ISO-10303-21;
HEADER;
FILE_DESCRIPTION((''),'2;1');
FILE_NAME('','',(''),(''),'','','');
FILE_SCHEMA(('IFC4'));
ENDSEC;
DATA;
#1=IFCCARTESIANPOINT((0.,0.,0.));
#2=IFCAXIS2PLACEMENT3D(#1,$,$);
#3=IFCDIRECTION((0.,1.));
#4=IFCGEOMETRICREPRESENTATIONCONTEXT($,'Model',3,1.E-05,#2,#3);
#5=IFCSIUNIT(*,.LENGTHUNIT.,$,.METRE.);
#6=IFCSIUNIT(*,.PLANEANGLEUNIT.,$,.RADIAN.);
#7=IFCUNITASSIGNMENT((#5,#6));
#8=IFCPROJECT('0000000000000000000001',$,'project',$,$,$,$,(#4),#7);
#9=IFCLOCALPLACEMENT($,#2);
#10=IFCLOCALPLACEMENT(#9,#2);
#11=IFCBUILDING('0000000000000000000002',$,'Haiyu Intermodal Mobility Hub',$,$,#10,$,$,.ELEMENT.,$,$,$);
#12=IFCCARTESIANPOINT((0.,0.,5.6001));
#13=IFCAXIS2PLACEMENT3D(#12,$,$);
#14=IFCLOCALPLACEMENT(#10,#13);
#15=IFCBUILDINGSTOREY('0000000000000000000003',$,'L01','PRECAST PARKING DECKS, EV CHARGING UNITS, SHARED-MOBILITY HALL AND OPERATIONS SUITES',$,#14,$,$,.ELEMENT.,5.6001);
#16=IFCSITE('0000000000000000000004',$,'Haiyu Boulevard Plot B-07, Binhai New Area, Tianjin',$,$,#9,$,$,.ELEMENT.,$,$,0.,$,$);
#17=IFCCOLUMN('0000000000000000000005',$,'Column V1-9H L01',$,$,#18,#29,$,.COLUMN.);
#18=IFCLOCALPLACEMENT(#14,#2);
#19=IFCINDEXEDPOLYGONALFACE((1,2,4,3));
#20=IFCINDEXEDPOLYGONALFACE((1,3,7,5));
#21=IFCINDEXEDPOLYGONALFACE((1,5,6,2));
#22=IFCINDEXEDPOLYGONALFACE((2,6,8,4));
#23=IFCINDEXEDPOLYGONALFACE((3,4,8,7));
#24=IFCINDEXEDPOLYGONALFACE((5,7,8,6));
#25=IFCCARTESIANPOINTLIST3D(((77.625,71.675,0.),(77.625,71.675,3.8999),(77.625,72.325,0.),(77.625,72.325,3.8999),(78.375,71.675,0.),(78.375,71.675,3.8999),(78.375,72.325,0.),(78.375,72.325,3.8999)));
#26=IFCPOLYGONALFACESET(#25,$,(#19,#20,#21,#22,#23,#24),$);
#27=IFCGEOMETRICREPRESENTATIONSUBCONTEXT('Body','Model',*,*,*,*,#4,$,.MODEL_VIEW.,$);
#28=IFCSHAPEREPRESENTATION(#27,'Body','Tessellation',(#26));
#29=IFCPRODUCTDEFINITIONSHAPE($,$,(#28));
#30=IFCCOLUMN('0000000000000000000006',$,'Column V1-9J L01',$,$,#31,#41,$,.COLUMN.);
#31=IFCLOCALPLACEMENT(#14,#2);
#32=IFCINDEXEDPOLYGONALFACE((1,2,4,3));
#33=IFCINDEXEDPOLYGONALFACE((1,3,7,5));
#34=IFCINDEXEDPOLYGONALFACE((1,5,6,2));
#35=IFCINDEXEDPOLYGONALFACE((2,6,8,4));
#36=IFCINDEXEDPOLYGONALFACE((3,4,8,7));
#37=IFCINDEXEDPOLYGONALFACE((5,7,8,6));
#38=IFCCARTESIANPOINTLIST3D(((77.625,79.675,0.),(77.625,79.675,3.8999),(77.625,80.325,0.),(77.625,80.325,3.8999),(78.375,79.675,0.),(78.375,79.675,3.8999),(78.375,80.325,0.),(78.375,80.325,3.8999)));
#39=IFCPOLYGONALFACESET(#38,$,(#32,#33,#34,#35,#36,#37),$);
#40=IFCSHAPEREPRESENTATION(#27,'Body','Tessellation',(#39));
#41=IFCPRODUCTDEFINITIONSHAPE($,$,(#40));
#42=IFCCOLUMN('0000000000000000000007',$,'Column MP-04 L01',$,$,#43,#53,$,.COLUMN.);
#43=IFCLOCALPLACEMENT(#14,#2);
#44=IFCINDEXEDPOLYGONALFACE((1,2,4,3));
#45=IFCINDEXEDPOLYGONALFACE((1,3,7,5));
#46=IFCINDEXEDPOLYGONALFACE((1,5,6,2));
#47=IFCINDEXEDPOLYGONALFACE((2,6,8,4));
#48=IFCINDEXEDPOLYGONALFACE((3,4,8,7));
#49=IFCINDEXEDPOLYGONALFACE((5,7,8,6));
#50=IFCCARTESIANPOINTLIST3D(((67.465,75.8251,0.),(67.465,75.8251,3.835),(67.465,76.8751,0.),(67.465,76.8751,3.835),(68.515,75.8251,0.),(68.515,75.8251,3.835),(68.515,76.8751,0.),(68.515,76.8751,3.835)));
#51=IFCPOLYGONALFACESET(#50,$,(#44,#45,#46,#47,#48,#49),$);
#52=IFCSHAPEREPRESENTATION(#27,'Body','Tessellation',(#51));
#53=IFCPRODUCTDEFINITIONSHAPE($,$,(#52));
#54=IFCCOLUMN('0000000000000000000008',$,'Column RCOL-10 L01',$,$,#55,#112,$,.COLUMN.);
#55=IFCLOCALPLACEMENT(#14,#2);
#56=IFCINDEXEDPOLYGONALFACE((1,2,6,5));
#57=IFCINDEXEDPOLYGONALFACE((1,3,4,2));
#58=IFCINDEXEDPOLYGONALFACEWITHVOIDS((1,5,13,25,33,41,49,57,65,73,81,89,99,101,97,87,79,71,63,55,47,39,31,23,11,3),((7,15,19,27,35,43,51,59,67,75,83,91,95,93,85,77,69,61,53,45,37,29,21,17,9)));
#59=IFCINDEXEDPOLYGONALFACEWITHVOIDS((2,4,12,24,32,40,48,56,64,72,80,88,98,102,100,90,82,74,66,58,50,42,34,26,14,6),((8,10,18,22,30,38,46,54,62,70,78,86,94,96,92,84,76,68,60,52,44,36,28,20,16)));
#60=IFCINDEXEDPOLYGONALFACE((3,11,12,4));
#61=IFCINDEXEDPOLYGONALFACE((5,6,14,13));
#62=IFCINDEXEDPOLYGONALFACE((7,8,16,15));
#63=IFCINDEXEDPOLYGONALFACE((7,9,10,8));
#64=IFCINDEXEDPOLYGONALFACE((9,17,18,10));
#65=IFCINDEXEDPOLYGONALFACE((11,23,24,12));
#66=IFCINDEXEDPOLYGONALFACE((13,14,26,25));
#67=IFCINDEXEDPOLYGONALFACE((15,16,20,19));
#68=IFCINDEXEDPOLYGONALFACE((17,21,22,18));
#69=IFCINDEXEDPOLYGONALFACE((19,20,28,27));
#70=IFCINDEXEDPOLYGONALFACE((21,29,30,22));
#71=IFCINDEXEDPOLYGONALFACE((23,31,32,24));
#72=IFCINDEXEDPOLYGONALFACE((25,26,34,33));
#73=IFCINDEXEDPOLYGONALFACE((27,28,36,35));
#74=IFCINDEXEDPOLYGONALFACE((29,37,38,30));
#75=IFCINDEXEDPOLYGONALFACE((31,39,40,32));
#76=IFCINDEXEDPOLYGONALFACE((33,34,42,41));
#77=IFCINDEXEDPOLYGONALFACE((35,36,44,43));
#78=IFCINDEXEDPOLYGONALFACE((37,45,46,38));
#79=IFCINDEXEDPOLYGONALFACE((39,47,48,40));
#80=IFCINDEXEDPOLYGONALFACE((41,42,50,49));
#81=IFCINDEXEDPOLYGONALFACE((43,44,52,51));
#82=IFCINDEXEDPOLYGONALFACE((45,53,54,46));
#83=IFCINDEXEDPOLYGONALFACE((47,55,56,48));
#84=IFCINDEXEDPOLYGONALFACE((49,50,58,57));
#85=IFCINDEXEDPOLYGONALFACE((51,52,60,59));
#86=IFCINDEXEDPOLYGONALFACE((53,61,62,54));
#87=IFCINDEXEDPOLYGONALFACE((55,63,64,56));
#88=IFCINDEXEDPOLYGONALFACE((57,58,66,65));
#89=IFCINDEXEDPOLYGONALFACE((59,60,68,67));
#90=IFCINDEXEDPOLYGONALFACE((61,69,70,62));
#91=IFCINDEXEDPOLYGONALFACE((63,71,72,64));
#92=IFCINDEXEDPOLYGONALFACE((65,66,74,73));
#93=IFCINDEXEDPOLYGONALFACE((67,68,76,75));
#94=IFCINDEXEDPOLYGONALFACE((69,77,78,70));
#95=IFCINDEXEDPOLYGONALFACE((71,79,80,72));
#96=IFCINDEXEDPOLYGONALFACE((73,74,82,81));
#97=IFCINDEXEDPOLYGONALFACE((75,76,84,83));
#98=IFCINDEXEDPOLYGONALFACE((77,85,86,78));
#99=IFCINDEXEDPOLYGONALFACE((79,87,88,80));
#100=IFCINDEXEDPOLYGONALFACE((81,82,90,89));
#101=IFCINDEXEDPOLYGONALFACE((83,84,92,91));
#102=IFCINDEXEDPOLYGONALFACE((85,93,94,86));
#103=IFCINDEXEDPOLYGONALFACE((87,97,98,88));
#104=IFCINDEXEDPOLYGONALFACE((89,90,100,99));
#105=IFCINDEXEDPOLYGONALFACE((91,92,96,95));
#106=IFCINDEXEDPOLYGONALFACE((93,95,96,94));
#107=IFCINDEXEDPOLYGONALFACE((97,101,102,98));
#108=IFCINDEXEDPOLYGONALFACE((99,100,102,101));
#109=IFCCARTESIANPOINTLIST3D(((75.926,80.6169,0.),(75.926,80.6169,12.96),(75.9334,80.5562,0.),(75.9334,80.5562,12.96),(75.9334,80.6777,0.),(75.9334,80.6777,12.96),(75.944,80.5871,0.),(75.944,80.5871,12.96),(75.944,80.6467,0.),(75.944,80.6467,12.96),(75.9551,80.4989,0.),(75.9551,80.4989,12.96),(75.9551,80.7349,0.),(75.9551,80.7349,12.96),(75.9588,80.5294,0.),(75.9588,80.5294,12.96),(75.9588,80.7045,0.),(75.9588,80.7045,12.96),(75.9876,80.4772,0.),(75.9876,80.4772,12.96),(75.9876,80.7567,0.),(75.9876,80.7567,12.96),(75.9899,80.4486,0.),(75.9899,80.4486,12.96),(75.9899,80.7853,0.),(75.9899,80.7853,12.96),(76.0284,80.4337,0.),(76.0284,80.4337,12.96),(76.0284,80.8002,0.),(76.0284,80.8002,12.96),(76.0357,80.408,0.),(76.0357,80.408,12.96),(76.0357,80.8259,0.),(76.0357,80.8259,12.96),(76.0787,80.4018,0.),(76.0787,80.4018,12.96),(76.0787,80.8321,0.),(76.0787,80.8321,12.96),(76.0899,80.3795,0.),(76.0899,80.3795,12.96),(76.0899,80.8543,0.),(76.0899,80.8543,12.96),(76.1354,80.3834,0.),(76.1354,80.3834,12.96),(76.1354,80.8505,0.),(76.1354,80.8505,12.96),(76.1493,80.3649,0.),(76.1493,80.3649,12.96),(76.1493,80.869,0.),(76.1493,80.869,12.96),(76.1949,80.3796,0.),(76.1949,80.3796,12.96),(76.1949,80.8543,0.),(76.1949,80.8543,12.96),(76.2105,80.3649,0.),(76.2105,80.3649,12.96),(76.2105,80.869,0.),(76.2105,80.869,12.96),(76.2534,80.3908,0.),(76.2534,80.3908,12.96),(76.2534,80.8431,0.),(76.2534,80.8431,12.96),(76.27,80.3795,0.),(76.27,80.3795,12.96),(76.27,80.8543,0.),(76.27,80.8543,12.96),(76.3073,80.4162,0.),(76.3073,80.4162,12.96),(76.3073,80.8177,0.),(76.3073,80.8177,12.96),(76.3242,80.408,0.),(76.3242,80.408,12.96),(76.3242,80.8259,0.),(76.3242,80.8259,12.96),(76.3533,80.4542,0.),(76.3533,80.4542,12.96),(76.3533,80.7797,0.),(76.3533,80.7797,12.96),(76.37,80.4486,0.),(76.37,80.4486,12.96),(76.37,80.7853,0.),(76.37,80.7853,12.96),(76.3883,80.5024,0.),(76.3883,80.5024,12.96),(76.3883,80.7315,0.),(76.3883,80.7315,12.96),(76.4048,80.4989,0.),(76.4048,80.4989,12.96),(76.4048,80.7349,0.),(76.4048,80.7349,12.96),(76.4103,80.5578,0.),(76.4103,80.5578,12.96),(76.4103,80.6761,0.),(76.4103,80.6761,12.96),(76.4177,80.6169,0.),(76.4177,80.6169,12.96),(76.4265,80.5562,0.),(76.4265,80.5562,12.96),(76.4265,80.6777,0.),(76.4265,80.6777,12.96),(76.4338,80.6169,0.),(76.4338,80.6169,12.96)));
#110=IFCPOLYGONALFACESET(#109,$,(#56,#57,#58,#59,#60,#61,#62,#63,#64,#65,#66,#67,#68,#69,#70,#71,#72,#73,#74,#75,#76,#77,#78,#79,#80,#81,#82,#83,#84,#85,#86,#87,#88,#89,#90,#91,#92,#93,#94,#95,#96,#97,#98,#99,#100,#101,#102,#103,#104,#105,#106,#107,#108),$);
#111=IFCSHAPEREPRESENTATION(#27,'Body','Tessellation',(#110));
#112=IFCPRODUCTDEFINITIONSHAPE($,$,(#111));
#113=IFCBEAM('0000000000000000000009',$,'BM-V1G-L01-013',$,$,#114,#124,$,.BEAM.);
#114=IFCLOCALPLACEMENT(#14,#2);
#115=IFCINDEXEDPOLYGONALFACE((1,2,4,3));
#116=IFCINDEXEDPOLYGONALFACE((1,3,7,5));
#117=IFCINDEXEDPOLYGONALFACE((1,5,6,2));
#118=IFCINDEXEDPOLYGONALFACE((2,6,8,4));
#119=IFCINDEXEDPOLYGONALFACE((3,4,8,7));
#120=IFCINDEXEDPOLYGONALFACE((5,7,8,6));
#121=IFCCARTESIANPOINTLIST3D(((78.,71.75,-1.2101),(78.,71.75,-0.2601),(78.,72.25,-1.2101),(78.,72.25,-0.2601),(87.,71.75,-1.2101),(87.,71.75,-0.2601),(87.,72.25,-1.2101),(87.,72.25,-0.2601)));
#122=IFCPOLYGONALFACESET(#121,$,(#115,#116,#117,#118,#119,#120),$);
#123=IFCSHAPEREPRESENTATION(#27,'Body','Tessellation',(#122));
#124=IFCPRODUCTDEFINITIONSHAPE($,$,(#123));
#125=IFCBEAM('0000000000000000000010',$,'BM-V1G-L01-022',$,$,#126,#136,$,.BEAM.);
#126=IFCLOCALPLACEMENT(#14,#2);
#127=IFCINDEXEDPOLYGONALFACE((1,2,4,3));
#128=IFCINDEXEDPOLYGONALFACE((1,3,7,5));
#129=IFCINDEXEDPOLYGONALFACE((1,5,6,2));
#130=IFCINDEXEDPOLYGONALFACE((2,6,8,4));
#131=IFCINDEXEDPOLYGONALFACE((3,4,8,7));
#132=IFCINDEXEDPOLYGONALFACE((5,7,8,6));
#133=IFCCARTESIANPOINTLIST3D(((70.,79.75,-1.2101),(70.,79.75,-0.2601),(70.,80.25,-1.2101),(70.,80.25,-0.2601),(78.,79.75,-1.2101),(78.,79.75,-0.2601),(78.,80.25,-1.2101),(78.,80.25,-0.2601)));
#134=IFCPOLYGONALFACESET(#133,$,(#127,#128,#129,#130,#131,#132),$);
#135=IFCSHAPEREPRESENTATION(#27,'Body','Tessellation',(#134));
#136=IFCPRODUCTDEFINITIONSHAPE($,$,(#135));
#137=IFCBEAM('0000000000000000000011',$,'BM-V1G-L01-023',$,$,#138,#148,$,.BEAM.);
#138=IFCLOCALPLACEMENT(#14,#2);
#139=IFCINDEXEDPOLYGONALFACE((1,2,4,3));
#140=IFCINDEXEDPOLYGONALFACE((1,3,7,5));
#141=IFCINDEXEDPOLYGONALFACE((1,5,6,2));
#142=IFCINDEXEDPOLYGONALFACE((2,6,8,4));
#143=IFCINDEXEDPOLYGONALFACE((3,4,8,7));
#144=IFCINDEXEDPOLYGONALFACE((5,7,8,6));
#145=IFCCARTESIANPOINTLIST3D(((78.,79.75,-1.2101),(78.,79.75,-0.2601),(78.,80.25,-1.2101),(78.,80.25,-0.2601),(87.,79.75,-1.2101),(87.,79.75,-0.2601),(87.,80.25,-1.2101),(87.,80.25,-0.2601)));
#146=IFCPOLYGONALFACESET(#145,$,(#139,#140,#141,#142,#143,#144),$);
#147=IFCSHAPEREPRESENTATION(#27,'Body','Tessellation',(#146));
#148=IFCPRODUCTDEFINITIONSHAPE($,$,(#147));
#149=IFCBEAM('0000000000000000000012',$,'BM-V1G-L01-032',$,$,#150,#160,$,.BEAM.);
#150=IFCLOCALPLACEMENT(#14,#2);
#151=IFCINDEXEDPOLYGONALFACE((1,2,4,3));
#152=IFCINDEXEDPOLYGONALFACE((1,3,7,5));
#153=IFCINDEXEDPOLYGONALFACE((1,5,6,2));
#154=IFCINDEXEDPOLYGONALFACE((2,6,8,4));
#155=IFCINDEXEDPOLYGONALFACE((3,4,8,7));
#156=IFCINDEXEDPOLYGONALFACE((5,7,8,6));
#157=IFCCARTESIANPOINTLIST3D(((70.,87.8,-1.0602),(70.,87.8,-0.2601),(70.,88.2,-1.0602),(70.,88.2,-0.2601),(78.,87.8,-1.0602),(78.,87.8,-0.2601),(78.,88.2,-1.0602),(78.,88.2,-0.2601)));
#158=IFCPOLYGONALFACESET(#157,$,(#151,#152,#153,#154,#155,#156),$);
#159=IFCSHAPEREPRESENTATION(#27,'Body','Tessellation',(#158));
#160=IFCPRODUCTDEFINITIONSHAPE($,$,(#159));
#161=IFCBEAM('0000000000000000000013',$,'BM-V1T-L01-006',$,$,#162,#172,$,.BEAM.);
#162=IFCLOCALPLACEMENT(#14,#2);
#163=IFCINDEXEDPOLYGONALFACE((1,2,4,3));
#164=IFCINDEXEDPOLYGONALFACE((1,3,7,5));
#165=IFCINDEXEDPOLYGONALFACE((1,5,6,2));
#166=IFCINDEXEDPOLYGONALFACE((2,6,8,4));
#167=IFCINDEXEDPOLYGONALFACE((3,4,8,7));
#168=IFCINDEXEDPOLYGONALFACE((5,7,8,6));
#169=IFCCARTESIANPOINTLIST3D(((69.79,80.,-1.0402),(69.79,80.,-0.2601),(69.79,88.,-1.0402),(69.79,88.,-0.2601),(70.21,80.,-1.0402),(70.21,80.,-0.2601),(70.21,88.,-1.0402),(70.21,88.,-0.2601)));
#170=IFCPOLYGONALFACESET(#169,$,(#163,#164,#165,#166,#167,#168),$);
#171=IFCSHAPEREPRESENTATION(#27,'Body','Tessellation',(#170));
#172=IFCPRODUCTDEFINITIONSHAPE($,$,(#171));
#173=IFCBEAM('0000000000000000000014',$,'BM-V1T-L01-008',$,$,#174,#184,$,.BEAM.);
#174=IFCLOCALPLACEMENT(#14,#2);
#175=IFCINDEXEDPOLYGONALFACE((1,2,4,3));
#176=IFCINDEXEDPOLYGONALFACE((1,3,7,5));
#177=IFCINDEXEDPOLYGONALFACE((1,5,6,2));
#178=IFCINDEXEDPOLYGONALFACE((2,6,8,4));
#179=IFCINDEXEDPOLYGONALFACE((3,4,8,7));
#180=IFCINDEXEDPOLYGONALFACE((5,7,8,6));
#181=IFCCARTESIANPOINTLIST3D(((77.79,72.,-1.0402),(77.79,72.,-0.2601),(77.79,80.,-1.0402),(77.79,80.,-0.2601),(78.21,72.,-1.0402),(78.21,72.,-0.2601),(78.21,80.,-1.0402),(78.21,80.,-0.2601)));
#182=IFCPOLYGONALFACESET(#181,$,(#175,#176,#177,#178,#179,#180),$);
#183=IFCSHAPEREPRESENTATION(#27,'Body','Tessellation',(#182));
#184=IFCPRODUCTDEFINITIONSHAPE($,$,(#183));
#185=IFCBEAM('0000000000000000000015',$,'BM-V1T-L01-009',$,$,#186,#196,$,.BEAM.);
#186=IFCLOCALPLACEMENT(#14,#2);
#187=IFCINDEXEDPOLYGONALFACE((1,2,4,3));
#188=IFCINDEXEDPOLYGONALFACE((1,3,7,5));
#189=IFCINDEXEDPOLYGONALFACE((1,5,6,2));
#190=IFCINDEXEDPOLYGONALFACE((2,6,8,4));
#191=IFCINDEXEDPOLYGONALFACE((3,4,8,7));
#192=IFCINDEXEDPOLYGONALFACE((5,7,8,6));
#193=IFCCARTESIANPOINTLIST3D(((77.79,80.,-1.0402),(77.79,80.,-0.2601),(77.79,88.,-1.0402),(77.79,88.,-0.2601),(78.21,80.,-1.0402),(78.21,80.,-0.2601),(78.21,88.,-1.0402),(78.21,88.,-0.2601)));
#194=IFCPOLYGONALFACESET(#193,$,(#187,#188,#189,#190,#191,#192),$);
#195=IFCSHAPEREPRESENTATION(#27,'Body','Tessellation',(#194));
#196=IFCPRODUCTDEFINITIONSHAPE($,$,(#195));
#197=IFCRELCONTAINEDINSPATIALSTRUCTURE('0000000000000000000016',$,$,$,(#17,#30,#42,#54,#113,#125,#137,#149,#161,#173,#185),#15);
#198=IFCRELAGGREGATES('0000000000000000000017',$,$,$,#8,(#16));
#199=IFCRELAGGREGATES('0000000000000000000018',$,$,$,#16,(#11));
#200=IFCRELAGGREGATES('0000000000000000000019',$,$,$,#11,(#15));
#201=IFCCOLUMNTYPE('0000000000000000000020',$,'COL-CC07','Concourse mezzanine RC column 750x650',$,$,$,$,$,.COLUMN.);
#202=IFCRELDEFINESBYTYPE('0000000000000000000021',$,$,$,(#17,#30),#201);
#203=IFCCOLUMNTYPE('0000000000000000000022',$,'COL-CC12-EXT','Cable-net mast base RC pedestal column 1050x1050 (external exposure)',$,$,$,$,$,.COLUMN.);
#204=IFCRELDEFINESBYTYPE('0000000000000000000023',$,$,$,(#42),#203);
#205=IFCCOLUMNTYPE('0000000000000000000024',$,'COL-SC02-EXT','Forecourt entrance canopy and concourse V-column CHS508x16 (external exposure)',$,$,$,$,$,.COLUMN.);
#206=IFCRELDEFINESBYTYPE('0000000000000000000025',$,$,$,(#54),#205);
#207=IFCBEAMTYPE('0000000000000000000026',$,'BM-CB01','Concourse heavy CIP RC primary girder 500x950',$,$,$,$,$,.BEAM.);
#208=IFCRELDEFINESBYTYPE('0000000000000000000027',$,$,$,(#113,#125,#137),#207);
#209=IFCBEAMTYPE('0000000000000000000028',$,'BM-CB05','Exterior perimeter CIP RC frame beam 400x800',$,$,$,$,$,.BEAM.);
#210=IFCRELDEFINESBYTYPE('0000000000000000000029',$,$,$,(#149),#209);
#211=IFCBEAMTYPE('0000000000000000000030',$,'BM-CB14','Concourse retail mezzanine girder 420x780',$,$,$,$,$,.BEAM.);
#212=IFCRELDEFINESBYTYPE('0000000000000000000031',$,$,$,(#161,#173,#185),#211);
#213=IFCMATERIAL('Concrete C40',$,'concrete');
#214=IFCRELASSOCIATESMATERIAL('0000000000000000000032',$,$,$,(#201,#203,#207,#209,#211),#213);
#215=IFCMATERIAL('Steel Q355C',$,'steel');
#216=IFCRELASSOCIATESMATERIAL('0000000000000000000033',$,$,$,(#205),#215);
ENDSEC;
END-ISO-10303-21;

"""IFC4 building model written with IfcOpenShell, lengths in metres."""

from ifc_helpers import new_model, si_unit, direction, frame, origin, origin_2d, place, context, subcontext, project, spatial, rectangle, hollow_circle, extrude, material, material_profile, profile_set, type_object, element, save


model = new_model("IFC4")

# Units and contexts
model_context = context("Model", 3, precision=1e-05, world=origin(), true_north=direction((0.0, 1.0)))
body_context = subcontext(model_context, "Body", "Model", "MODEL_VIEW")
ifc_project = project(units=[si_unit("LENGTHUNIT", "METRE"), si_unit("PLANEANGLEUNIT", "RADIAN")], contexts=[model_context])

# Site, building, storey
site_placement = place(None, origin())
site = spatial("IfcSite", under=ifc_project, at=site_placement, Name="Haiyu Boulevard Plot B-07, Binhai New Area, Tianjin", CompositionType="ELEMENT", RefElevation=0.0)
building_placement = place(site_placement, origin())
building = spatial("IfcBuilding", under=site, at=building_placement, Name="Haiyu Intermodal Mobility Hub", CompositionType="ELEMENT")
storey_placement = place(building_placement, frame((0.0, 0.0, 5.6001)))
storey = spatial("IfcBuildingStorey", under=building, at=storey_placement, Name="L01", Description="PRECAST PARKING DECKS, EV CHARGING UNITS, SHARED-MOBILITY HALL AND OPERATIONS SUITES", CompositionType="ELEMENT", Elevation=5.6001)

# Columns
ifc_material_1 = material(Name="Concrete C40", Category="concrete")
ifc_material_profile_1 = material_profile(ifc_material_1, rectangle(XDim=0.75, YDim=0.6499, at=origin_2d()), Name="RC750x650")
ifc_profile_set_1 = profile_set([ifc_material_profile_1], Name="Concrete C40")
column_type_1 = type_object("IfcColumnType", Name="COL-CC07", Description="Concourse mezzanine RC column 750x650", PredefinedType="COLUMN", material=ifc_profile_set_1)
for number, where, z_axis, x_axis, name in (
    (1, (78.0, 72.0, 0.0), (0.0, 0.0, 1.0), (1.0, 0.0, 0.0), "Column V1-9H L01"),
    (2, (78.0, 80.0, 0.0), (0.0, 0.0, 1.0), (1.0, 0.0, 0.0), "Column V1-9J L01"),
):
    element("IfcColumn", number, at=place(storey_placement, frame(where, z_axis=z_axis, x_axis=x_axis)), inside=storey, type_object=column_type_1, Name=name, PredefinedType="COLUMN", context=body_context, shape_type="SweptSolid", body=[
        extrude(rectangle(XDim=0.75, YDim=0.6499, at=origin_2d()), origin(), (0.0, 0.0, 1.0), 3.8999),
    ])
ifc_material_profile_2 = material_profile(ifc_material_1, rectangle(XDim=1.05, YDim=1.05, at=origin_2d()), Name="RC1050x1050")
ifc_profile_set_2 = profile_set([ifc_material_profile_2], Name="Concrete C40")
column_type_2 = type_object("IfcColumnType", Name="COL-CC12-EXT", Description="Cable-net mast base RC pedestal column 1050x1050 (external exposure)", PredefinedType="COLUMN", material=ifc_profile_set_2)
column_1_placement = place(storey_placement, frame((67.99, 76.3501, 0.0), z_axis=(0.0, 0.0, 1.0), x_axis=(1.0, 0.0, 0.0)))
element("IfcColumn", 3, at=column_1_placement, inside=storey, type_object=column_type_2, Name="Column MP-04 L01", PredefinedType="COLUMN", context=body_context, shape_type="SweptSolid", body=[
    extrude(rectangle(XDim=1.05, YDim=1.05, at=origin_2d()), origin(), (0.0, 0.0, 1.0), 3.835),
])
ifc_material_2 = material(Name="Steel Q355C", Category="steel")
ifc_material_profile_3 = material_profile(ifc_material_2, hollow_circle(Radius=0.2539, WallThickness=0.0161, at=origin_2d()), Name="CHS508x16")
ifc_profile_set_3 = profile_set([ifc_material_profile_3], Name="Steel Q355C")
column_type_3 = type_object("IfcColumnType", Name="COL-SC02-EXT", Description="Forecourt entrance canopy and concourse V-column CHS508x16 (external exposure)", PredefinedType="COLUMN", material=ifc_profile_set_3)
column_2_placement = place(storey_placement, frame((76.1799, 80.6169, 0.0), z_axis=(0.0, 0.0, 1.0), x_axis=(1.0, 0.0, 0.0)))
element("IfcColumn", 4, at=column_2_placement, inside=storey, type_object=column_type_3, Name="Column RCOL-10 L01", PredefinedType="COLUMN", context=body_context, shape_type="SweptSolid", body=[
    extrude(hollow_circle(Radius=0.2539, WallThickness=0.0161, at=origin_2d()), origin(), (0.0, 0.0, 1.0), 12.96),
])

# Beams
ifc_material_profile_4 = material_profile(ifc_material_1, rectangle(XDim=0.5, YDim=0.95, at=origin_2d()), Name="RCB500x950")
ifc_profile_set_4 = profile_set([ifc_material_profile_4], Name="Concrete C40")
beam_type_1 = type_object("IfcBeamType", Name="BM-CB01", Description="Concourse heavy CIP RC primary girder 500x950", PredefinedType="BEAM", material=ifc_profile_set_4)
beam_1_placement = place(storey_placement, frame((78.0, 72.0, -0.7351), z_axis=(1.0, 0.0, 0.0), x_axis=(0.0, 1.0, 0.0)))
element("IfcBeam", 5, at=beam_1_placement, inside=storey, type_object=beam_type_1, Name="BM-V1G-L01-013", PredefinedType="BEAM", context=body_context, shape_type="SweptSolid", body=[
    extrude(rectangle(XDim=0.5, YDim=0.95, at=origin_2d()), origin(), (0.0, 0.0, 1.0), 9.0),
])
beam_2_placement = place(storey_placement, frame((70.0, 80.0, -0.7351), z_axis=(1.0, 0.0, 0.0), x_axis=(0.0, 1.0, 0.0)))
element("IfcBeam", 6, at=beam_2_placement, inside=storey, type_object=beam_type_1, Name="BM-V1G-L01-022", PredefinedType="BEAM", context=body_context, shape_type="SweptSolid", body=[
    extrude(rectangle(XDim=0.5, YDim=0.95, at=origin_2d()), origin(), (0.0, 0.0, 1.0), 8.0),
])
beam_3_placement = place(storey_placement, frame((78.0, 80.0, -0.7351), z_axis=(1.0, 0.0, 0.0), x_axis=(0.0, 1.0, 0.0)))
element("IfcBeam", 7, at=beam_3_placement, inside=storey, type_object=beam_type_1, Name="BM-V1G-L01-023", PredefinedType="BEAM", context=body_context, shape_type="SweptSolid", body=[
    extrude(rectangle(XDim=0.5, YDim=0.95, at=origin_2d()), origin(), (0.0, 0.0, 1.0), 9.0),
])
ifc_material_profile_5 = material_profile(ifc_material_1, rectangle(XDim=0.3999, YDim=0.8, at=origin_2d()), Name="RCB400x800")
ifc_profile_set_5 = profile_set([ifc_material_profile_5], Name="Concrete C40")
beam_type_2 = type_object("IfcBeamType", Name="BM-CB05", Description="Exterior perimeter CIP RC frame beam 400x800", PredefinedType="BEAM", material=ifc_profile_set_5)
beam_4_placement = place(storey_placement, frame((70.0, 88.0, -0.6602), z_axis=(1.0, 0.0, 0.0), x_axis=(0.0, 1.0, 0.0)))
element("IfcBeam", 8, at=beam_4_placement, inside=storey, type_object=beam_type_2, Name="BM-V1G-L01-032", PredefinedType="BEAM", context=body_context, shape_type="SweptSolid", body=[
    extrude(rectangle(XDim=0.3999, YDim=0.8, at=origin_2d()), origin(), (0.0, 0.0, 1.0), 8.0),
])
ifc_material_profile_6 = material_profile(ifc_material_1, rectangle(XDim=0.4199, YDim=0.78, at=origin_2d()), Name="B420x780")
ifc_profile_set_6 = profile_set([ifc_material_profile_6], Name="Concrete C40")
beam_type_3 = type_object("IfcBeamType", Name="BM-CB14", Description="Concourse retail mezzanine girder 420x780", PredefinedType="BEAM", material=ifc_profile_set_6)
for number, where, z_axis, x_axis, name in (
    (9, (70.0, 80.0, -0.6501), (0.0, 1.0, 0.0), (-1.0, 0.0, 0.0), "BM-V1T-L01-006"),
    (10, (78.0, 72.0, -0.6501), (0.0, 1.0, 0.0), (-1.0, 0.0, 0.0), "BM-V1T-L01-008"),
    (11, (78.0, 80.0, -0.6501), (0.0, 1.0, 0.0), (-1.0, 0.0, 0.0), "BM-V1T-L01-009"),
):
    element("IfcBeam", number, at=place(storey_placement, frame(where, z_axis=z_axis, x_axis=x_axis)), inside=storey, type_object=beam_type_3, Name=name, PredefinedType="BEAM", context=body_context, shape_type="SweptSolid", body=[
        extrude(rectangle(XDim=0.4199, YDim=0.78, at=origin_2d()), origin(), (0.0, 0.0, 1.0), 8.0),
    ])

save(model, "model.ifc")
